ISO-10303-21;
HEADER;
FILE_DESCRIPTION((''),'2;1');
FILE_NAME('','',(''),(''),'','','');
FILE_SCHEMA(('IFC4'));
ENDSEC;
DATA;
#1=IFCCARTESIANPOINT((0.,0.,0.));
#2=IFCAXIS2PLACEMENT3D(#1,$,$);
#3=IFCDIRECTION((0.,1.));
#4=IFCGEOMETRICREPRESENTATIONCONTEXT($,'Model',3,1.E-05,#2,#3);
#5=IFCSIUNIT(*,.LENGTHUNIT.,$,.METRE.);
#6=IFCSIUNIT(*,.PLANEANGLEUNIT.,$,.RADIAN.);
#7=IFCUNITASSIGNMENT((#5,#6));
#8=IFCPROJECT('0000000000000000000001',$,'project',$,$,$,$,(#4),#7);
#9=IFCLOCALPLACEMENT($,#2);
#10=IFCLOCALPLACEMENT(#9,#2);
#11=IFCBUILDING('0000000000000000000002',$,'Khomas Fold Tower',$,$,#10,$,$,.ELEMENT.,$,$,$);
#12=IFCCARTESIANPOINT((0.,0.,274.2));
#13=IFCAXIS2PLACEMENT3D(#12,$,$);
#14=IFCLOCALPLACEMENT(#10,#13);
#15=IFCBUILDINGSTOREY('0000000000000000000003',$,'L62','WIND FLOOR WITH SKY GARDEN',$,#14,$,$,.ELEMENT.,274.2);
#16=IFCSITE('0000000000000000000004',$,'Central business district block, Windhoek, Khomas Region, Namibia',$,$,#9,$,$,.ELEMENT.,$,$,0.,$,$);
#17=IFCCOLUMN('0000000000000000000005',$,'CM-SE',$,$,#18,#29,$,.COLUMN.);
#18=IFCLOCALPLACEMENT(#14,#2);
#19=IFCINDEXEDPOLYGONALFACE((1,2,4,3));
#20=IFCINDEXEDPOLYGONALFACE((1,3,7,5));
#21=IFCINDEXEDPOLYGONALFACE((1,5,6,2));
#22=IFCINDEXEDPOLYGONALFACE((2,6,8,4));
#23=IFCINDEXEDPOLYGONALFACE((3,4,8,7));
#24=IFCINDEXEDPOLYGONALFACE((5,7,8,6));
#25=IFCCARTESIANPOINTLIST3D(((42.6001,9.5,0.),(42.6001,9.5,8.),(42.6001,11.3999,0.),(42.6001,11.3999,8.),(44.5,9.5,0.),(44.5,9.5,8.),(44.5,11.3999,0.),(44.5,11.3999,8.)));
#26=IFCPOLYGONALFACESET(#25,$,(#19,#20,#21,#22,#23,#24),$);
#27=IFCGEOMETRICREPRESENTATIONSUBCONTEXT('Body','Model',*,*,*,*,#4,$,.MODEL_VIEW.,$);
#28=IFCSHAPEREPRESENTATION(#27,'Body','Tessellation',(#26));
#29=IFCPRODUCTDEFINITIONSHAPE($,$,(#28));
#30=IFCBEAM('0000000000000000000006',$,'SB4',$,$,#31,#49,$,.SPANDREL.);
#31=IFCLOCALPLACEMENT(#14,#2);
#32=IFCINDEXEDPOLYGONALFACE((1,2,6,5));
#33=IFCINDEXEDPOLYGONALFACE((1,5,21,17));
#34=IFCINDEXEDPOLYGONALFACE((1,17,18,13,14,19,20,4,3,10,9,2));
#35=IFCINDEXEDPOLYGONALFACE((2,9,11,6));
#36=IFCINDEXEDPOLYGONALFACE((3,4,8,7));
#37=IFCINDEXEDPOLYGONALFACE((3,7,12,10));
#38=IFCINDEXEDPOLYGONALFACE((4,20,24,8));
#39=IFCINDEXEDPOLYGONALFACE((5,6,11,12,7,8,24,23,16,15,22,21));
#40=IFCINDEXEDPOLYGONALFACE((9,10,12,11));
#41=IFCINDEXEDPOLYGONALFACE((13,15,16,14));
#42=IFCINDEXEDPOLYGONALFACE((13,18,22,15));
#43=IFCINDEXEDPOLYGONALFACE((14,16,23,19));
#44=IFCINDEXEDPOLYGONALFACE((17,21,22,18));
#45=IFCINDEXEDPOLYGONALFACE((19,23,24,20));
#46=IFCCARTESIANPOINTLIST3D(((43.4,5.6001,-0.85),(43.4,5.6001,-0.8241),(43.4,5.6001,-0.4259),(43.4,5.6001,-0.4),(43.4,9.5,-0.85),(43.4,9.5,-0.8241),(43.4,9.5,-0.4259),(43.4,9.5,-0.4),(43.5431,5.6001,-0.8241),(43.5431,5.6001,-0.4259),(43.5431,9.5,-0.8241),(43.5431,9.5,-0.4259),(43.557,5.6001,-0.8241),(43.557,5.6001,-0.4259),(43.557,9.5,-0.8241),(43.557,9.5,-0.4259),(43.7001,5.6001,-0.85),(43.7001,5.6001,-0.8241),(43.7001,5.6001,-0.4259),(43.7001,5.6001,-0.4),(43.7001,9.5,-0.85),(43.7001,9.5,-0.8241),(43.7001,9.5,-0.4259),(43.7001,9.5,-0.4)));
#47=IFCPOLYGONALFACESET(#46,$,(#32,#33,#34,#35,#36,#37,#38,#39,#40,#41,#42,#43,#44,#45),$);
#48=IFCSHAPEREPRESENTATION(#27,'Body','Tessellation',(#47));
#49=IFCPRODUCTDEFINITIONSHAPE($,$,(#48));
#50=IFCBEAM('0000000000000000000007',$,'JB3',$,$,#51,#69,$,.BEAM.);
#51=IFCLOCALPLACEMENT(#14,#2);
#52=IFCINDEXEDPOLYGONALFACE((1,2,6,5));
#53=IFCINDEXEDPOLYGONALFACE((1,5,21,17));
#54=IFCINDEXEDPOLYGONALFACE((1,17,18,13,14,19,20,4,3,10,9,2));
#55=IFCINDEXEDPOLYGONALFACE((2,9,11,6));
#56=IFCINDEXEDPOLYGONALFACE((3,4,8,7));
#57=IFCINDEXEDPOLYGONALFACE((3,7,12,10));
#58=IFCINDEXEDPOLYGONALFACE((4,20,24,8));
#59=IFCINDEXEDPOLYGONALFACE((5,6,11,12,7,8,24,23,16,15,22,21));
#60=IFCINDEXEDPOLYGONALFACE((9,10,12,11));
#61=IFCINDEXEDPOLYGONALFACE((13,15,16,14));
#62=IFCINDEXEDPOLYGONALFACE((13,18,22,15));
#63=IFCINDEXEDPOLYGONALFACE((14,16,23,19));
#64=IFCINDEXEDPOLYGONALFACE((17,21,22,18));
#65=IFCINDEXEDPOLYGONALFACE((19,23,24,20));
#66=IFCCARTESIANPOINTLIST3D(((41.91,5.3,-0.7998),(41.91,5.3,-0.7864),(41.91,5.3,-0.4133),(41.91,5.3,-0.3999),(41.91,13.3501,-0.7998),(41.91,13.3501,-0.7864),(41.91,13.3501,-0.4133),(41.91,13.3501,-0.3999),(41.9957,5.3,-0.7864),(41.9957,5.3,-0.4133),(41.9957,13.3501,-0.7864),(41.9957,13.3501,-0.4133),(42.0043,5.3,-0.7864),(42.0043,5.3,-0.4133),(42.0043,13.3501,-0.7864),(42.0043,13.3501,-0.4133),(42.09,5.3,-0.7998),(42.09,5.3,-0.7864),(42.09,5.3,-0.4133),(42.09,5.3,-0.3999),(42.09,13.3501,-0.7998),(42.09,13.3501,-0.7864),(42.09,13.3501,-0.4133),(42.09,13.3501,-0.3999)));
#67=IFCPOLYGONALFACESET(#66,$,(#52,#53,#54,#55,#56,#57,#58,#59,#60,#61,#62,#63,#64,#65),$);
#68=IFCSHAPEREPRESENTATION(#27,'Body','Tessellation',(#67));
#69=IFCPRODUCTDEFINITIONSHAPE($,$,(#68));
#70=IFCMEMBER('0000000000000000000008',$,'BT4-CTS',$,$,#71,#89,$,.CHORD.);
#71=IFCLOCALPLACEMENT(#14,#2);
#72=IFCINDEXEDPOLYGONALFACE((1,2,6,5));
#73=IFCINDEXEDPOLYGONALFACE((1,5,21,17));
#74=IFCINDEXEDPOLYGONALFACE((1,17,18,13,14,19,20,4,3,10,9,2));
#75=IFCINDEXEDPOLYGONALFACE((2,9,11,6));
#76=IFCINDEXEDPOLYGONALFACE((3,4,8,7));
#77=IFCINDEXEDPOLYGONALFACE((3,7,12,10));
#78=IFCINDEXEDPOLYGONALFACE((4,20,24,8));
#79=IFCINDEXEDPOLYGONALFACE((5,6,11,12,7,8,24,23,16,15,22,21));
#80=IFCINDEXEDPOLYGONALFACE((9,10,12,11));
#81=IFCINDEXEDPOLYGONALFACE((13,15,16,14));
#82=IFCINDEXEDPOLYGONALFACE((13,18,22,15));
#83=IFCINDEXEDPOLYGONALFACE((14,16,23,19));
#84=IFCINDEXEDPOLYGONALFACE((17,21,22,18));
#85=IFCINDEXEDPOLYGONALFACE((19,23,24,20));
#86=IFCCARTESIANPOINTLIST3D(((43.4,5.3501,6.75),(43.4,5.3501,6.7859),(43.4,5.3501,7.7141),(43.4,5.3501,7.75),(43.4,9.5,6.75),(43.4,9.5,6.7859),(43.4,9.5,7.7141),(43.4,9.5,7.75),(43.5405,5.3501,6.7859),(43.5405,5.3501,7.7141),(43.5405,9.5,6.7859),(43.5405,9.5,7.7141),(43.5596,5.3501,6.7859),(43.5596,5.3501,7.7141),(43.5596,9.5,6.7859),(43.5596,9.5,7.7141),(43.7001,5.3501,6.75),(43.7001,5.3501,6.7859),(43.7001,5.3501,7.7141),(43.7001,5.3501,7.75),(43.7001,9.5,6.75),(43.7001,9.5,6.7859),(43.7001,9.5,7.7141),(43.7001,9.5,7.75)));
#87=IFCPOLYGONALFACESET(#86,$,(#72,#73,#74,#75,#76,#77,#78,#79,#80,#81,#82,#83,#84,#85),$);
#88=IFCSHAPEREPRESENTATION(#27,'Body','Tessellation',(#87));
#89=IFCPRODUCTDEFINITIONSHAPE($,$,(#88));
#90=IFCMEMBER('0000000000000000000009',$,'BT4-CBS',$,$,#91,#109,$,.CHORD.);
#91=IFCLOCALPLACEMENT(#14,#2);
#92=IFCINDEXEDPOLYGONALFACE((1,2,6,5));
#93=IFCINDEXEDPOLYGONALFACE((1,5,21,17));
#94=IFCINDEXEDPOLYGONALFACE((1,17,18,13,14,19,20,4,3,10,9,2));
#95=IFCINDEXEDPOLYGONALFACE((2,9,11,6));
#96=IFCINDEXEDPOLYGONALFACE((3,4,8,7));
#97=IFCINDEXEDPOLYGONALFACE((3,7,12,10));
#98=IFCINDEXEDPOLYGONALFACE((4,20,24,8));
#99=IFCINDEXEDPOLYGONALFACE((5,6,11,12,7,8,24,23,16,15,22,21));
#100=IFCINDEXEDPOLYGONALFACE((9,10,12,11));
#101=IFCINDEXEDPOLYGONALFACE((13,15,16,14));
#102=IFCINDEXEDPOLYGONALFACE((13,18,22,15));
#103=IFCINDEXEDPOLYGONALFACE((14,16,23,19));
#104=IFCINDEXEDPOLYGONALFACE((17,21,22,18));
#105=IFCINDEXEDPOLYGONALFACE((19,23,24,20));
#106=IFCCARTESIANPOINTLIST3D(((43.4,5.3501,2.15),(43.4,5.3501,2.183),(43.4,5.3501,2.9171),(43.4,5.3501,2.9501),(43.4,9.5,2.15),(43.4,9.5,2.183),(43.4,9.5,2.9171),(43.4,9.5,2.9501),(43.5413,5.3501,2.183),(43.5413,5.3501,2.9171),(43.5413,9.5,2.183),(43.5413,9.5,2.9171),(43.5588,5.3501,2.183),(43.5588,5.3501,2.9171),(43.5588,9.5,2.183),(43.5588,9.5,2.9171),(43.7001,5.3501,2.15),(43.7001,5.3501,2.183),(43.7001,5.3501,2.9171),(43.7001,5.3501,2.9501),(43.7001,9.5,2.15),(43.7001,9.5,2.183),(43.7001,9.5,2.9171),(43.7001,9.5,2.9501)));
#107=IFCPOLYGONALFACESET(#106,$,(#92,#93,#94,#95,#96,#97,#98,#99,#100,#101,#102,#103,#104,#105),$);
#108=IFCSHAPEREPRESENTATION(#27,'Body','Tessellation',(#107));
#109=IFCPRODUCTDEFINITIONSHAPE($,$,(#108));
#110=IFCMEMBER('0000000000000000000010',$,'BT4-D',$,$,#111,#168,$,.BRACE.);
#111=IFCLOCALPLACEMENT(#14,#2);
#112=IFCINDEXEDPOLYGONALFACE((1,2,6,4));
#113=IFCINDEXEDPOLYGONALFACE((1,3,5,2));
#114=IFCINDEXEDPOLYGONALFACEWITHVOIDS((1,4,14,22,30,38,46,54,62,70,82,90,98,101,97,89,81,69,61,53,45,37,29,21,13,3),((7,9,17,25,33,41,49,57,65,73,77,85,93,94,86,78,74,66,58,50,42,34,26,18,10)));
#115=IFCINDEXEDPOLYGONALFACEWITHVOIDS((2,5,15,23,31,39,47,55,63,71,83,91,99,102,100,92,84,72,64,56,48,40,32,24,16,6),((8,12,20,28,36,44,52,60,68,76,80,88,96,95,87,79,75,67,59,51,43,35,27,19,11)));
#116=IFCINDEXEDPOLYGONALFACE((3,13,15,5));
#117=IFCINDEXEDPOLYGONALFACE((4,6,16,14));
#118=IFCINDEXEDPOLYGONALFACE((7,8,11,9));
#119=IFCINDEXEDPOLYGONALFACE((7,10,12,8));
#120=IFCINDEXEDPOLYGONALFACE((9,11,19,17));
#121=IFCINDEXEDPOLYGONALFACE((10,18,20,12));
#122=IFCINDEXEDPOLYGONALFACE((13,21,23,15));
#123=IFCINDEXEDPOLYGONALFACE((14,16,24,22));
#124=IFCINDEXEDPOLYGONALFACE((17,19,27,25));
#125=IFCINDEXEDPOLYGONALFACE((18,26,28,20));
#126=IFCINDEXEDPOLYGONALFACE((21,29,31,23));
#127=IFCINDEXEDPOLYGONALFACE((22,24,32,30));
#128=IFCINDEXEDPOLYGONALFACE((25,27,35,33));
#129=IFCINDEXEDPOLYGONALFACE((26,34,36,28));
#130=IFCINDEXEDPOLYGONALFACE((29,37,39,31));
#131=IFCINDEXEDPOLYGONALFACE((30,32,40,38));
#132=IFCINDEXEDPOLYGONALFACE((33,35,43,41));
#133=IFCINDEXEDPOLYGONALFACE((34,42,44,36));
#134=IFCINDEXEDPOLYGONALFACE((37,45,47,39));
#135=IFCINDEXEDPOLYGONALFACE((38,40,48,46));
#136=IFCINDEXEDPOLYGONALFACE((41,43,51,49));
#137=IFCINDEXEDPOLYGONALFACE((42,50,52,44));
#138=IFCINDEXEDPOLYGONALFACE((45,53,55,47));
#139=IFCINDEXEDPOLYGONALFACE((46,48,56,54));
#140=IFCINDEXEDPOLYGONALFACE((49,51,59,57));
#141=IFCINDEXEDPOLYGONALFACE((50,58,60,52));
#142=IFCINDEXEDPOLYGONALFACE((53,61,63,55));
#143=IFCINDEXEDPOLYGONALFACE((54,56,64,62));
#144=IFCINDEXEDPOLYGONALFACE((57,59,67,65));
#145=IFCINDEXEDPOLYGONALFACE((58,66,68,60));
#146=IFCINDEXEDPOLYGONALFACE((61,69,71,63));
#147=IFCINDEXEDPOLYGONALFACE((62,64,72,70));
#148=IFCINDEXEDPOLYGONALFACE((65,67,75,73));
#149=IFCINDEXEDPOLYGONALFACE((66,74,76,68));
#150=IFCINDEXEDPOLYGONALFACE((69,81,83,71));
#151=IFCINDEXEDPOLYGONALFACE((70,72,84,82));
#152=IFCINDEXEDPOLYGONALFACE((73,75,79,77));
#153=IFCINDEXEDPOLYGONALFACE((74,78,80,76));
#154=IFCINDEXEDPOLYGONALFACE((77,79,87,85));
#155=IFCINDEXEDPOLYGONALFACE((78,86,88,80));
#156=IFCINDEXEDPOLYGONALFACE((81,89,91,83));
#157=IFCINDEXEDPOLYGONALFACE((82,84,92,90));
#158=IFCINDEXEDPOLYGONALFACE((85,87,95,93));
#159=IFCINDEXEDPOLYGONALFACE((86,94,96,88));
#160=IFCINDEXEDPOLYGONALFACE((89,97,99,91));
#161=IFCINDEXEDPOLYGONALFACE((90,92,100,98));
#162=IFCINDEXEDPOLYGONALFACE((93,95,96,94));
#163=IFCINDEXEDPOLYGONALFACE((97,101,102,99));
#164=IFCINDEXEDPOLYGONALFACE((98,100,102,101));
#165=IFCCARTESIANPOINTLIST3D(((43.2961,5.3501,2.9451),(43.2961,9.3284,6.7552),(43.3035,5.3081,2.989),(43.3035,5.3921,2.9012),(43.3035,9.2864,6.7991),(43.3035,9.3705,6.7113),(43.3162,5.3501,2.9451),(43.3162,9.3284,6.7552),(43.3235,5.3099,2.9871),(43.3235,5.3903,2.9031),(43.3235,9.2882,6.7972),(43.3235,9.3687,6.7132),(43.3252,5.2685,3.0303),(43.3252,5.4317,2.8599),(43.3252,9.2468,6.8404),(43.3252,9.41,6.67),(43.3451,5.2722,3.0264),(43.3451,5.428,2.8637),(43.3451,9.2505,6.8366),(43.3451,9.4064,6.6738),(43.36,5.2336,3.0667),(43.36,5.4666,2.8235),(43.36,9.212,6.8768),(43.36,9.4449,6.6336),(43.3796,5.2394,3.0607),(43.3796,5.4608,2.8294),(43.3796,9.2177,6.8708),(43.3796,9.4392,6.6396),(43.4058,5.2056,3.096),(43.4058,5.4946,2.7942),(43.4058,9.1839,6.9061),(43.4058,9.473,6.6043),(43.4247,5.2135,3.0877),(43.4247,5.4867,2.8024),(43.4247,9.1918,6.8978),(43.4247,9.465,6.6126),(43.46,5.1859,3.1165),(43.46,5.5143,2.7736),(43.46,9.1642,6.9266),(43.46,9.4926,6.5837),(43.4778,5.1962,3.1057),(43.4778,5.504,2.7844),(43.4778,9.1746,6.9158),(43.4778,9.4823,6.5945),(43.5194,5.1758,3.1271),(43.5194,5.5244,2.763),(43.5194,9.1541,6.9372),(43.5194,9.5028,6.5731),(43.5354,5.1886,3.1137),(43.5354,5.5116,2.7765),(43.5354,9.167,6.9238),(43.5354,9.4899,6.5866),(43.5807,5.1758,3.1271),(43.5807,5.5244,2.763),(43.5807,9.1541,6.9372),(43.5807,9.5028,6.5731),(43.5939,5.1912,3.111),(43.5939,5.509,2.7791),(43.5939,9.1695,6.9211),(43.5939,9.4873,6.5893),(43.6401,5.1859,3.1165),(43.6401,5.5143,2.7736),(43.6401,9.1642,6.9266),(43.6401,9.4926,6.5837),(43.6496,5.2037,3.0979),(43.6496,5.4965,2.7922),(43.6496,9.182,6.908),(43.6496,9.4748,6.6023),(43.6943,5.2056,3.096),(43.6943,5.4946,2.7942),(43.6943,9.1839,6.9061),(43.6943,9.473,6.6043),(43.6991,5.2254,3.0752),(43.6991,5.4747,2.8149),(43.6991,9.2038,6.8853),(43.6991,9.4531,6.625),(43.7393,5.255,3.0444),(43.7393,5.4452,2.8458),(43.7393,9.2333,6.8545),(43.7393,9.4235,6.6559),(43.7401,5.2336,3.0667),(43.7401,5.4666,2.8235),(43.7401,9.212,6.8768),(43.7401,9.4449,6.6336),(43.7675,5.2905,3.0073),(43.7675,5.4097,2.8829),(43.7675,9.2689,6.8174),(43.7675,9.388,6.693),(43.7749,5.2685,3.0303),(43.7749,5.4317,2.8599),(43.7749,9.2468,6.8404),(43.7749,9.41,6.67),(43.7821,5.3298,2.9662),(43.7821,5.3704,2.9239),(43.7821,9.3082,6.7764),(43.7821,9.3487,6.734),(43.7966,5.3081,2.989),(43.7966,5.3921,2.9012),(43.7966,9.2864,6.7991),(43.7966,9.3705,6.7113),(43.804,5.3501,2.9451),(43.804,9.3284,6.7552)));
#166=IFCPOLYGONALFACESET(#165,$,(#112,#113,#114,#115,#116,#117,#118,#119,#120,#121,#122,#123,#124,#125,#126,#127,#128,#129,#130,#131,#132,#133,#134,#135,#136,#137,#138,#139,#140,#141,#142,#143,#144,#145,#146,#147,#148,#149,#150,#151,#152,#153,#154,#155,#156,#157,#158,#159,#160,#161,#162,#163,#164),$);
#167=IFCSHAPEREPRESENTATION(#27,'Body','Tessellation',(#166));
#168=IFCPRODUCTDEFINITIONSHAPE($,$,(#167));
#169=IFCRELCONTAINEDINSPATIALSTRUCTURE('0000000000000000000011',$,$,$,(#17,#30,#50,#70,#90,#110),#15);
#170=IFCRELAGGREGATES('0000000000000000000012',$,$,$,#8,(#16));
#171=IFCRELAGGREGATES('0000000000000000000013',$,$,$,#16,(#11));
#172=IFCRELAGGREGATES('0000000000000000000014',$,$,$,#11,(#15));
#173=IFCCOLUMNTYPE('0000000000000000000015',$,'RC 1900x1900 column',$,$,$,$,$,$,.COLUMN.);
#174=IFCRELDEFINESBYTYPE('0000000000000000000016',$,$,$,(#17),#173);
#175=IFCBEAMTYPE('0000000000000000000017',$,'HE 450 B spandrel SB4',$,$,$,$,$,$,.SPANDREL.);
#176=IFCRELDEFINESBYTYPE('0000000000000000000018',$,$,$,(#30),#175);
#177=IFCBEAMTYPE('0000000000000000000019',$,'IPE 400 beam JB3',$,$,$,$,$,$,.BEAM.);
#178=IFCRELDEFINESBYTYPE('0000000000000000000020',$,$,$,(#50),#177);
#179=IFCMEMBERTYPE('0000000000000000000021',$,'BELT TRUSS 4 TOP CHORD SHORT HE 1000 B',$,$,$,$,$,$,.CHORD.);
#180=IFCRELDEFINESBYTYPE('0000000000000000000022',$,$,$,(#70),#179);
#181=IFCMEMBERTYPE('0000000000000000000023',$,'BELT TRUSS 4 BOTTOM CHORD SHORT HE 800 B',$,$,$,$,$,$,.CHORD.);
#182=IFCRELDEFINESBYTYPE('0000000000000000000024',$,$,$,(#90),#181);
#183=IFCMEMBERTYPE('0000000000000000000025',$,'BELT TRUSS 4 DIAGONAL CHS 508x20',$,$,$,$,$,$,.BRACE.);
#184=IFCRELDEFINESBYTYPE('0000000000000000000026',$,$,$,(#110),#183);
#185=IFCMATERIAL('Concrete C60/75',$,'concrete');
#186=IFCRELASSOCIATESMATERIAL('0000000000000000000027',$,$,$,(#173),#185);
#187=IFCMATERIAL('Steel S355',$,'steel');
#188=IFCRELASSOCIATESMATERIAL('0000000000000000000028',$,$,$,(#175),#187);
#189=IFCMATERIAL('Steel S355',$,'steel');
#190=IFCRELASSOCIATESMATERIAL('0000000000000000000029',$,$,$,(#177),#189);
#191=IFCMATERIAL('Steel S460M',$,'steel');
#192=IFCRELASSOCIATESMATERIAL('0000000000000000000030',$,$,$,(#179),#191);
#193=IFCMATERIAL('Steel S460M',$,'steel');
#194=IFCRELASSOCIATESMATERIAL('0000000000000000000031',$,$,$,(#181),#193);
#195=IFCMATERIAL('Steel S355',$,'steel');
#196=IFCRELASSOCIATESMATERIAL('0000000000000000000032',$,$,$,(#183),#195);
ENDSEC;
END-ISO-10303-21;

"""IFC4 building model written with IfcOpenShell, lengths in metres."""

from ifc_helpers import new_model, si_unit, direction, frame, origin, origin_2d, place, context, subcontext, project, spatial, rectangle, hollow_circle, i_section, extrude, source, transform, mapped, material, material_profile, profile_set, type_object, element, save


model = new_model("IFC4")

# Units and contexts
model_context = context("Model", 3, precision=1e-05, world=origin(), true_north=direction((0.0, 1.0)))
body_context = subcontext(model_context, "Body", "Model", "MODEL_VIEW")
ifc_project = project(units=[si_unit("LENGTHUNIT", "METRE"), si_unit("PLANEANGLEUNIT", "RADIAN")], contexts=[model_context])

# Site, building, storey
site_placement = place(None, origin())
site = spatial("IfcSite", under=ifc_project, at=site_placement, Name="Central business district block, Windhoek, Khomas Region, Namibia", CompositionType="ELEMENT", RefElevation=0.0)
building_placement = place(site_placement, origin())
building = spatial("IfcBuilding", under=site, at=building_placement, Name="Khomas Fold Tower", CompositionType="ELEMENT")
storey_placement = place(building_placement, frame((0.0, 0.0, 274.2)))
storey = spatial("IfcBuildingStorey", under=building, at=storey_placement, Name="L62", Description="WIND FLOOR WITH SKY GARDEN", CompositionType="ELEMENT", Elevation=274.2)

# Column
ifc_material_1 = material(Name="Concrete C60/75", Category="concrete")
ifc_material_profile_1 = material_profile(ifc_material_1, rectangle(XDim=1.8999, YDim=1.8999, at=origin_2d()), Name="RC 1900x1900")
ifc_profile_set_1 = profile_set([ifc_material_profile_1], Name="Concrete C60/75")
column_type = type_object("IfcColumnType", Name="RC 1900x1900 column", PredefinedType="COLUMN", material=ifc_profile_set_1)
shared_shape_1 = source(origin(), body_context, "Body", "SweptSolid", [
    extrude(rectangle(XDim=1.8999, YDim=1.8999, at=origin_2d()), origin(), (0.0, 0.0, 1.0), 8.0),
])
column_placement = place(storey_placement, frame((43.55, 10.45, 0.0), z_axis=(0.0, 0.0, 1.0), x_axis=(1.0, 0.0, 0.0)))
element("IfcColumn", 1, at=column_placement, inside=storey, type_object=column_type, Name="CM-SE", PredefinedType="COLUMN", context=body_context, shape_type="MappedRepresentation", body=[
    mapped(shared_shape_1, transform((0.0, 0.0, 0.0))),
])

# Beams
ifc_material_2 = material(Name="Steel S355", Category="steel")
ifc_material_profile_2 = material_profile(ifc_material_2, i_section(OverallWidth=0.3, OverallDepth=0.45, WebThickness=0.0139, FlangeThickness=0.0259, at=origin_2d()), Name="HE 450 B")
ifc_profile_set_2 = profile_set([ifc_material_profile_2], Name="Steel S355")
beam_type_1 = type_object("IfcBeamType", Name="HE 450 B spandrel SB4", PredefinedType="SPANDREL", material=ifc_profile_set_2)
shared_shape_2 = source(origin(), body_context, "Body", "SweptSolid", [
    extrude(i_section(OverallWidth=0.3, OverallDepth=0.45, WebThickness=0.0139, FlangeThickness=0.0259, at=origin_2d()), origin(), (0.0, 0.0, 1.0), 3.8999),
])
beam_1_placement = place(storey_placement, frame((43.55, 5.6001, -0.625), z_axis=(0.0, 1.0, 0.0), x_axis=(-1.0, 0.0, 0.0)))
element("IfcBeam", 2, at=beam_1_placement, inside=storey, type_object=beam_type_1, Name="SB4", PredefinedType="SPANDREL", context=body_context, shape_type="MappedRepresentation", body=[
    mapped(shared_shape_2, transform((0.0, 0.0, 0.0))),
])
ifc_material_3 = material(Name="Steel S355", Category="steel")
ifc_material_profile_3 = material_profile(ifc_material_3, i_section(OverallWidth=0.1799, OverallDepth=0.3999, WebThickness=0.0085, FlangeThickness=0.0134, at=origin_2d()), Name="IPE 400")
ifc_profile_set_3 = profile_set([ifc_material_profile_3], Name="Steel S355")
beam_type_2 = type_object("IfcBeamType", Name="IPE 400 beam JB3", PredefinedType="BEAM", material=ifc_profile_set_3)
shared_shape_3 = source(origin(), body_context, "Body", "SweptSolid", [
    extrude(i_section(OverallWidth=0.1799, OverallDepth=0.3999, WebThickness=0.0085, FlangeThickness=0.0134, at=origin_2d()), origin(), (0.0, 0.0, 1.0), 8.05),
])
beam_2_placement = place(storey_placement, frame((42.0, 5.3, -0.5999), z_axis=(0.0, 1.0, 0.0), x_axis=(-1.0, 0.0, 0.0)))
element("IfcBeam", 3, at=beam_2_placement, inside=storey, type_object=beam_type_2, Name="JB3", PredefinedType="BEAM", context=body_context, shape_type="MappedRepresentation", body=[
    mapped(shared_shape_3, transform((0.0, 0.0, 0.0))),
])

# Members
ifc_material_4 = material(Name="Steel S460M", Category="steel")
ifc_material_profile_4 = material_profile(ifc_material_4, i_section(OverallWidth=0.3, OverallDepth=1.0, WebThickness=0.019, FlangeThickness=0.0359, at=origin_2d()), Name="HE 1000 B")
ifc_profile_set_4 = profile_set([ifc_material_profile_4], Name="Steel S460M")
member_type_1 = type_object("IfcMemberType", Name="BELT TRUSS 4 TOP CHORD SHORT HE 1000 B", PredefinedType="CHORD", material=ifc_profile_set_4)
shared_shape_4 = source(origin(), body_context, "Body", "SweptSolid", [
    extrude(i_section(OverallWidth=0.3, OverallDepth=1.0, WebThickness=0.019, FlangeThickness=0.0359, at=origin_2d()), origin(), (0.0, 0.0, 1.0), 4.1499),
])
member_1_placement = place(storey_placement, frame((43.55, 5.3501, 7.25), z_axis=(0.0, 1.0, 0.0), x_axis=(-1.0, 0.0, 0.0)))
element("IfcMember", 4, at=member_1_placement, inside=storey, type_object=member_type_1, Name="BT4-CTS", PredefinedType="CHORD", context=body_context, shape_type="MappedRepresentation", body=[
    mapped(shared_shape_4, transform((0.0, 0.0, 0.0))),
])
ifc_material_5 = material(Name="Steel S460M", Category="steel")
ifc_material_profile_5 = material_profile(ifc_material_5, i_section(OverallWidth=0.3, OverallDepth=0.8, WebThickness=0.0176, FlangeThickness=0.033, at=origin_2d()), Name="HE 800 B")
ifc_profile_set_5 = profile_set([ifc_material_profile_5], Name="Steel S460M")
member_type_2 = type_object("IfcMemberType", Name="BELT TRUSS 4 BOTTOM CHORD SHORT HE 800 B", PredefinedType="CHORD", material=ifc_profile_set_5)
shared_shape_5 = source(origin(), body_context, "Body", "SweptSolid", [
    extrude(i_section(OverallWidth=0.3, OverallDepth=0.8, WebThickness=0.0176, FlangeThickness=0.033, at=origin_2d()), origin(), (0.0, 0.0, 1.0), 4.1499),
])
member_2_placement = place(storey_placement, frame((43.55, 5.3501, 2.55), z_axis=(0.0, 1.0, 0.0), x_axis=(-1.0, 0.0, 0.0)))
element("IfcMember", 5, at=member_2_placement, inside=storey, type_object=member_type_2, Name="BT4-CBS", PredefinedType="CHORD", context=body_context, shape_type="MappedRepresentation", body=[
    mapped(shared_shape_5, transform((0.0, 0.0, 0.0))),
])
ifc_material_6 = material(Name="Steel S355", Category="steel")
ifc_material_profile_6 = material_profile(ifc_material_6, hollow_circle(Radius=0.2539, WallThickness=0.02, at=origin_2d()), Name="CHS 508x20")
ifc_profile_set_6 = profile_set([ifc_material_profile_6], Name="Steel S355")
member_type_3 = type_object("IfcMemberType", Name="BELT TRUSS 4 DIAGONAL CHS 508x20", PredefinedType="BRACE", material=ifc_profile_set_6)
shared_shape_6 = source(origin(), body_context, "Body", "SweptSolid", [
    extrude(hollow_circle(Radius=0.2539, WallThickness=0.02, at=origin_2d()), origin(), (0.0, 0.0, 1.0), 5.5085),
])
member_3_placement = place(storey_placement, frame((43.55, 5.3501, 2.9451), z_axis=(0.0, 0.72221, 0.691673), x_axis=(-1.0, 0.0, 0.0)))
element("IfcMember", 6, at=member_3_placement, inside=storey, type_object=member_type_3, Name="BT4-D", PredefinedType="BRACE", context=body_context, shape_type="MappedRepresentation", body=[
    mapped(shared_shape_6, transform((0.0, 0.0, 0.0))),
])

save(model, "model.ifc")
